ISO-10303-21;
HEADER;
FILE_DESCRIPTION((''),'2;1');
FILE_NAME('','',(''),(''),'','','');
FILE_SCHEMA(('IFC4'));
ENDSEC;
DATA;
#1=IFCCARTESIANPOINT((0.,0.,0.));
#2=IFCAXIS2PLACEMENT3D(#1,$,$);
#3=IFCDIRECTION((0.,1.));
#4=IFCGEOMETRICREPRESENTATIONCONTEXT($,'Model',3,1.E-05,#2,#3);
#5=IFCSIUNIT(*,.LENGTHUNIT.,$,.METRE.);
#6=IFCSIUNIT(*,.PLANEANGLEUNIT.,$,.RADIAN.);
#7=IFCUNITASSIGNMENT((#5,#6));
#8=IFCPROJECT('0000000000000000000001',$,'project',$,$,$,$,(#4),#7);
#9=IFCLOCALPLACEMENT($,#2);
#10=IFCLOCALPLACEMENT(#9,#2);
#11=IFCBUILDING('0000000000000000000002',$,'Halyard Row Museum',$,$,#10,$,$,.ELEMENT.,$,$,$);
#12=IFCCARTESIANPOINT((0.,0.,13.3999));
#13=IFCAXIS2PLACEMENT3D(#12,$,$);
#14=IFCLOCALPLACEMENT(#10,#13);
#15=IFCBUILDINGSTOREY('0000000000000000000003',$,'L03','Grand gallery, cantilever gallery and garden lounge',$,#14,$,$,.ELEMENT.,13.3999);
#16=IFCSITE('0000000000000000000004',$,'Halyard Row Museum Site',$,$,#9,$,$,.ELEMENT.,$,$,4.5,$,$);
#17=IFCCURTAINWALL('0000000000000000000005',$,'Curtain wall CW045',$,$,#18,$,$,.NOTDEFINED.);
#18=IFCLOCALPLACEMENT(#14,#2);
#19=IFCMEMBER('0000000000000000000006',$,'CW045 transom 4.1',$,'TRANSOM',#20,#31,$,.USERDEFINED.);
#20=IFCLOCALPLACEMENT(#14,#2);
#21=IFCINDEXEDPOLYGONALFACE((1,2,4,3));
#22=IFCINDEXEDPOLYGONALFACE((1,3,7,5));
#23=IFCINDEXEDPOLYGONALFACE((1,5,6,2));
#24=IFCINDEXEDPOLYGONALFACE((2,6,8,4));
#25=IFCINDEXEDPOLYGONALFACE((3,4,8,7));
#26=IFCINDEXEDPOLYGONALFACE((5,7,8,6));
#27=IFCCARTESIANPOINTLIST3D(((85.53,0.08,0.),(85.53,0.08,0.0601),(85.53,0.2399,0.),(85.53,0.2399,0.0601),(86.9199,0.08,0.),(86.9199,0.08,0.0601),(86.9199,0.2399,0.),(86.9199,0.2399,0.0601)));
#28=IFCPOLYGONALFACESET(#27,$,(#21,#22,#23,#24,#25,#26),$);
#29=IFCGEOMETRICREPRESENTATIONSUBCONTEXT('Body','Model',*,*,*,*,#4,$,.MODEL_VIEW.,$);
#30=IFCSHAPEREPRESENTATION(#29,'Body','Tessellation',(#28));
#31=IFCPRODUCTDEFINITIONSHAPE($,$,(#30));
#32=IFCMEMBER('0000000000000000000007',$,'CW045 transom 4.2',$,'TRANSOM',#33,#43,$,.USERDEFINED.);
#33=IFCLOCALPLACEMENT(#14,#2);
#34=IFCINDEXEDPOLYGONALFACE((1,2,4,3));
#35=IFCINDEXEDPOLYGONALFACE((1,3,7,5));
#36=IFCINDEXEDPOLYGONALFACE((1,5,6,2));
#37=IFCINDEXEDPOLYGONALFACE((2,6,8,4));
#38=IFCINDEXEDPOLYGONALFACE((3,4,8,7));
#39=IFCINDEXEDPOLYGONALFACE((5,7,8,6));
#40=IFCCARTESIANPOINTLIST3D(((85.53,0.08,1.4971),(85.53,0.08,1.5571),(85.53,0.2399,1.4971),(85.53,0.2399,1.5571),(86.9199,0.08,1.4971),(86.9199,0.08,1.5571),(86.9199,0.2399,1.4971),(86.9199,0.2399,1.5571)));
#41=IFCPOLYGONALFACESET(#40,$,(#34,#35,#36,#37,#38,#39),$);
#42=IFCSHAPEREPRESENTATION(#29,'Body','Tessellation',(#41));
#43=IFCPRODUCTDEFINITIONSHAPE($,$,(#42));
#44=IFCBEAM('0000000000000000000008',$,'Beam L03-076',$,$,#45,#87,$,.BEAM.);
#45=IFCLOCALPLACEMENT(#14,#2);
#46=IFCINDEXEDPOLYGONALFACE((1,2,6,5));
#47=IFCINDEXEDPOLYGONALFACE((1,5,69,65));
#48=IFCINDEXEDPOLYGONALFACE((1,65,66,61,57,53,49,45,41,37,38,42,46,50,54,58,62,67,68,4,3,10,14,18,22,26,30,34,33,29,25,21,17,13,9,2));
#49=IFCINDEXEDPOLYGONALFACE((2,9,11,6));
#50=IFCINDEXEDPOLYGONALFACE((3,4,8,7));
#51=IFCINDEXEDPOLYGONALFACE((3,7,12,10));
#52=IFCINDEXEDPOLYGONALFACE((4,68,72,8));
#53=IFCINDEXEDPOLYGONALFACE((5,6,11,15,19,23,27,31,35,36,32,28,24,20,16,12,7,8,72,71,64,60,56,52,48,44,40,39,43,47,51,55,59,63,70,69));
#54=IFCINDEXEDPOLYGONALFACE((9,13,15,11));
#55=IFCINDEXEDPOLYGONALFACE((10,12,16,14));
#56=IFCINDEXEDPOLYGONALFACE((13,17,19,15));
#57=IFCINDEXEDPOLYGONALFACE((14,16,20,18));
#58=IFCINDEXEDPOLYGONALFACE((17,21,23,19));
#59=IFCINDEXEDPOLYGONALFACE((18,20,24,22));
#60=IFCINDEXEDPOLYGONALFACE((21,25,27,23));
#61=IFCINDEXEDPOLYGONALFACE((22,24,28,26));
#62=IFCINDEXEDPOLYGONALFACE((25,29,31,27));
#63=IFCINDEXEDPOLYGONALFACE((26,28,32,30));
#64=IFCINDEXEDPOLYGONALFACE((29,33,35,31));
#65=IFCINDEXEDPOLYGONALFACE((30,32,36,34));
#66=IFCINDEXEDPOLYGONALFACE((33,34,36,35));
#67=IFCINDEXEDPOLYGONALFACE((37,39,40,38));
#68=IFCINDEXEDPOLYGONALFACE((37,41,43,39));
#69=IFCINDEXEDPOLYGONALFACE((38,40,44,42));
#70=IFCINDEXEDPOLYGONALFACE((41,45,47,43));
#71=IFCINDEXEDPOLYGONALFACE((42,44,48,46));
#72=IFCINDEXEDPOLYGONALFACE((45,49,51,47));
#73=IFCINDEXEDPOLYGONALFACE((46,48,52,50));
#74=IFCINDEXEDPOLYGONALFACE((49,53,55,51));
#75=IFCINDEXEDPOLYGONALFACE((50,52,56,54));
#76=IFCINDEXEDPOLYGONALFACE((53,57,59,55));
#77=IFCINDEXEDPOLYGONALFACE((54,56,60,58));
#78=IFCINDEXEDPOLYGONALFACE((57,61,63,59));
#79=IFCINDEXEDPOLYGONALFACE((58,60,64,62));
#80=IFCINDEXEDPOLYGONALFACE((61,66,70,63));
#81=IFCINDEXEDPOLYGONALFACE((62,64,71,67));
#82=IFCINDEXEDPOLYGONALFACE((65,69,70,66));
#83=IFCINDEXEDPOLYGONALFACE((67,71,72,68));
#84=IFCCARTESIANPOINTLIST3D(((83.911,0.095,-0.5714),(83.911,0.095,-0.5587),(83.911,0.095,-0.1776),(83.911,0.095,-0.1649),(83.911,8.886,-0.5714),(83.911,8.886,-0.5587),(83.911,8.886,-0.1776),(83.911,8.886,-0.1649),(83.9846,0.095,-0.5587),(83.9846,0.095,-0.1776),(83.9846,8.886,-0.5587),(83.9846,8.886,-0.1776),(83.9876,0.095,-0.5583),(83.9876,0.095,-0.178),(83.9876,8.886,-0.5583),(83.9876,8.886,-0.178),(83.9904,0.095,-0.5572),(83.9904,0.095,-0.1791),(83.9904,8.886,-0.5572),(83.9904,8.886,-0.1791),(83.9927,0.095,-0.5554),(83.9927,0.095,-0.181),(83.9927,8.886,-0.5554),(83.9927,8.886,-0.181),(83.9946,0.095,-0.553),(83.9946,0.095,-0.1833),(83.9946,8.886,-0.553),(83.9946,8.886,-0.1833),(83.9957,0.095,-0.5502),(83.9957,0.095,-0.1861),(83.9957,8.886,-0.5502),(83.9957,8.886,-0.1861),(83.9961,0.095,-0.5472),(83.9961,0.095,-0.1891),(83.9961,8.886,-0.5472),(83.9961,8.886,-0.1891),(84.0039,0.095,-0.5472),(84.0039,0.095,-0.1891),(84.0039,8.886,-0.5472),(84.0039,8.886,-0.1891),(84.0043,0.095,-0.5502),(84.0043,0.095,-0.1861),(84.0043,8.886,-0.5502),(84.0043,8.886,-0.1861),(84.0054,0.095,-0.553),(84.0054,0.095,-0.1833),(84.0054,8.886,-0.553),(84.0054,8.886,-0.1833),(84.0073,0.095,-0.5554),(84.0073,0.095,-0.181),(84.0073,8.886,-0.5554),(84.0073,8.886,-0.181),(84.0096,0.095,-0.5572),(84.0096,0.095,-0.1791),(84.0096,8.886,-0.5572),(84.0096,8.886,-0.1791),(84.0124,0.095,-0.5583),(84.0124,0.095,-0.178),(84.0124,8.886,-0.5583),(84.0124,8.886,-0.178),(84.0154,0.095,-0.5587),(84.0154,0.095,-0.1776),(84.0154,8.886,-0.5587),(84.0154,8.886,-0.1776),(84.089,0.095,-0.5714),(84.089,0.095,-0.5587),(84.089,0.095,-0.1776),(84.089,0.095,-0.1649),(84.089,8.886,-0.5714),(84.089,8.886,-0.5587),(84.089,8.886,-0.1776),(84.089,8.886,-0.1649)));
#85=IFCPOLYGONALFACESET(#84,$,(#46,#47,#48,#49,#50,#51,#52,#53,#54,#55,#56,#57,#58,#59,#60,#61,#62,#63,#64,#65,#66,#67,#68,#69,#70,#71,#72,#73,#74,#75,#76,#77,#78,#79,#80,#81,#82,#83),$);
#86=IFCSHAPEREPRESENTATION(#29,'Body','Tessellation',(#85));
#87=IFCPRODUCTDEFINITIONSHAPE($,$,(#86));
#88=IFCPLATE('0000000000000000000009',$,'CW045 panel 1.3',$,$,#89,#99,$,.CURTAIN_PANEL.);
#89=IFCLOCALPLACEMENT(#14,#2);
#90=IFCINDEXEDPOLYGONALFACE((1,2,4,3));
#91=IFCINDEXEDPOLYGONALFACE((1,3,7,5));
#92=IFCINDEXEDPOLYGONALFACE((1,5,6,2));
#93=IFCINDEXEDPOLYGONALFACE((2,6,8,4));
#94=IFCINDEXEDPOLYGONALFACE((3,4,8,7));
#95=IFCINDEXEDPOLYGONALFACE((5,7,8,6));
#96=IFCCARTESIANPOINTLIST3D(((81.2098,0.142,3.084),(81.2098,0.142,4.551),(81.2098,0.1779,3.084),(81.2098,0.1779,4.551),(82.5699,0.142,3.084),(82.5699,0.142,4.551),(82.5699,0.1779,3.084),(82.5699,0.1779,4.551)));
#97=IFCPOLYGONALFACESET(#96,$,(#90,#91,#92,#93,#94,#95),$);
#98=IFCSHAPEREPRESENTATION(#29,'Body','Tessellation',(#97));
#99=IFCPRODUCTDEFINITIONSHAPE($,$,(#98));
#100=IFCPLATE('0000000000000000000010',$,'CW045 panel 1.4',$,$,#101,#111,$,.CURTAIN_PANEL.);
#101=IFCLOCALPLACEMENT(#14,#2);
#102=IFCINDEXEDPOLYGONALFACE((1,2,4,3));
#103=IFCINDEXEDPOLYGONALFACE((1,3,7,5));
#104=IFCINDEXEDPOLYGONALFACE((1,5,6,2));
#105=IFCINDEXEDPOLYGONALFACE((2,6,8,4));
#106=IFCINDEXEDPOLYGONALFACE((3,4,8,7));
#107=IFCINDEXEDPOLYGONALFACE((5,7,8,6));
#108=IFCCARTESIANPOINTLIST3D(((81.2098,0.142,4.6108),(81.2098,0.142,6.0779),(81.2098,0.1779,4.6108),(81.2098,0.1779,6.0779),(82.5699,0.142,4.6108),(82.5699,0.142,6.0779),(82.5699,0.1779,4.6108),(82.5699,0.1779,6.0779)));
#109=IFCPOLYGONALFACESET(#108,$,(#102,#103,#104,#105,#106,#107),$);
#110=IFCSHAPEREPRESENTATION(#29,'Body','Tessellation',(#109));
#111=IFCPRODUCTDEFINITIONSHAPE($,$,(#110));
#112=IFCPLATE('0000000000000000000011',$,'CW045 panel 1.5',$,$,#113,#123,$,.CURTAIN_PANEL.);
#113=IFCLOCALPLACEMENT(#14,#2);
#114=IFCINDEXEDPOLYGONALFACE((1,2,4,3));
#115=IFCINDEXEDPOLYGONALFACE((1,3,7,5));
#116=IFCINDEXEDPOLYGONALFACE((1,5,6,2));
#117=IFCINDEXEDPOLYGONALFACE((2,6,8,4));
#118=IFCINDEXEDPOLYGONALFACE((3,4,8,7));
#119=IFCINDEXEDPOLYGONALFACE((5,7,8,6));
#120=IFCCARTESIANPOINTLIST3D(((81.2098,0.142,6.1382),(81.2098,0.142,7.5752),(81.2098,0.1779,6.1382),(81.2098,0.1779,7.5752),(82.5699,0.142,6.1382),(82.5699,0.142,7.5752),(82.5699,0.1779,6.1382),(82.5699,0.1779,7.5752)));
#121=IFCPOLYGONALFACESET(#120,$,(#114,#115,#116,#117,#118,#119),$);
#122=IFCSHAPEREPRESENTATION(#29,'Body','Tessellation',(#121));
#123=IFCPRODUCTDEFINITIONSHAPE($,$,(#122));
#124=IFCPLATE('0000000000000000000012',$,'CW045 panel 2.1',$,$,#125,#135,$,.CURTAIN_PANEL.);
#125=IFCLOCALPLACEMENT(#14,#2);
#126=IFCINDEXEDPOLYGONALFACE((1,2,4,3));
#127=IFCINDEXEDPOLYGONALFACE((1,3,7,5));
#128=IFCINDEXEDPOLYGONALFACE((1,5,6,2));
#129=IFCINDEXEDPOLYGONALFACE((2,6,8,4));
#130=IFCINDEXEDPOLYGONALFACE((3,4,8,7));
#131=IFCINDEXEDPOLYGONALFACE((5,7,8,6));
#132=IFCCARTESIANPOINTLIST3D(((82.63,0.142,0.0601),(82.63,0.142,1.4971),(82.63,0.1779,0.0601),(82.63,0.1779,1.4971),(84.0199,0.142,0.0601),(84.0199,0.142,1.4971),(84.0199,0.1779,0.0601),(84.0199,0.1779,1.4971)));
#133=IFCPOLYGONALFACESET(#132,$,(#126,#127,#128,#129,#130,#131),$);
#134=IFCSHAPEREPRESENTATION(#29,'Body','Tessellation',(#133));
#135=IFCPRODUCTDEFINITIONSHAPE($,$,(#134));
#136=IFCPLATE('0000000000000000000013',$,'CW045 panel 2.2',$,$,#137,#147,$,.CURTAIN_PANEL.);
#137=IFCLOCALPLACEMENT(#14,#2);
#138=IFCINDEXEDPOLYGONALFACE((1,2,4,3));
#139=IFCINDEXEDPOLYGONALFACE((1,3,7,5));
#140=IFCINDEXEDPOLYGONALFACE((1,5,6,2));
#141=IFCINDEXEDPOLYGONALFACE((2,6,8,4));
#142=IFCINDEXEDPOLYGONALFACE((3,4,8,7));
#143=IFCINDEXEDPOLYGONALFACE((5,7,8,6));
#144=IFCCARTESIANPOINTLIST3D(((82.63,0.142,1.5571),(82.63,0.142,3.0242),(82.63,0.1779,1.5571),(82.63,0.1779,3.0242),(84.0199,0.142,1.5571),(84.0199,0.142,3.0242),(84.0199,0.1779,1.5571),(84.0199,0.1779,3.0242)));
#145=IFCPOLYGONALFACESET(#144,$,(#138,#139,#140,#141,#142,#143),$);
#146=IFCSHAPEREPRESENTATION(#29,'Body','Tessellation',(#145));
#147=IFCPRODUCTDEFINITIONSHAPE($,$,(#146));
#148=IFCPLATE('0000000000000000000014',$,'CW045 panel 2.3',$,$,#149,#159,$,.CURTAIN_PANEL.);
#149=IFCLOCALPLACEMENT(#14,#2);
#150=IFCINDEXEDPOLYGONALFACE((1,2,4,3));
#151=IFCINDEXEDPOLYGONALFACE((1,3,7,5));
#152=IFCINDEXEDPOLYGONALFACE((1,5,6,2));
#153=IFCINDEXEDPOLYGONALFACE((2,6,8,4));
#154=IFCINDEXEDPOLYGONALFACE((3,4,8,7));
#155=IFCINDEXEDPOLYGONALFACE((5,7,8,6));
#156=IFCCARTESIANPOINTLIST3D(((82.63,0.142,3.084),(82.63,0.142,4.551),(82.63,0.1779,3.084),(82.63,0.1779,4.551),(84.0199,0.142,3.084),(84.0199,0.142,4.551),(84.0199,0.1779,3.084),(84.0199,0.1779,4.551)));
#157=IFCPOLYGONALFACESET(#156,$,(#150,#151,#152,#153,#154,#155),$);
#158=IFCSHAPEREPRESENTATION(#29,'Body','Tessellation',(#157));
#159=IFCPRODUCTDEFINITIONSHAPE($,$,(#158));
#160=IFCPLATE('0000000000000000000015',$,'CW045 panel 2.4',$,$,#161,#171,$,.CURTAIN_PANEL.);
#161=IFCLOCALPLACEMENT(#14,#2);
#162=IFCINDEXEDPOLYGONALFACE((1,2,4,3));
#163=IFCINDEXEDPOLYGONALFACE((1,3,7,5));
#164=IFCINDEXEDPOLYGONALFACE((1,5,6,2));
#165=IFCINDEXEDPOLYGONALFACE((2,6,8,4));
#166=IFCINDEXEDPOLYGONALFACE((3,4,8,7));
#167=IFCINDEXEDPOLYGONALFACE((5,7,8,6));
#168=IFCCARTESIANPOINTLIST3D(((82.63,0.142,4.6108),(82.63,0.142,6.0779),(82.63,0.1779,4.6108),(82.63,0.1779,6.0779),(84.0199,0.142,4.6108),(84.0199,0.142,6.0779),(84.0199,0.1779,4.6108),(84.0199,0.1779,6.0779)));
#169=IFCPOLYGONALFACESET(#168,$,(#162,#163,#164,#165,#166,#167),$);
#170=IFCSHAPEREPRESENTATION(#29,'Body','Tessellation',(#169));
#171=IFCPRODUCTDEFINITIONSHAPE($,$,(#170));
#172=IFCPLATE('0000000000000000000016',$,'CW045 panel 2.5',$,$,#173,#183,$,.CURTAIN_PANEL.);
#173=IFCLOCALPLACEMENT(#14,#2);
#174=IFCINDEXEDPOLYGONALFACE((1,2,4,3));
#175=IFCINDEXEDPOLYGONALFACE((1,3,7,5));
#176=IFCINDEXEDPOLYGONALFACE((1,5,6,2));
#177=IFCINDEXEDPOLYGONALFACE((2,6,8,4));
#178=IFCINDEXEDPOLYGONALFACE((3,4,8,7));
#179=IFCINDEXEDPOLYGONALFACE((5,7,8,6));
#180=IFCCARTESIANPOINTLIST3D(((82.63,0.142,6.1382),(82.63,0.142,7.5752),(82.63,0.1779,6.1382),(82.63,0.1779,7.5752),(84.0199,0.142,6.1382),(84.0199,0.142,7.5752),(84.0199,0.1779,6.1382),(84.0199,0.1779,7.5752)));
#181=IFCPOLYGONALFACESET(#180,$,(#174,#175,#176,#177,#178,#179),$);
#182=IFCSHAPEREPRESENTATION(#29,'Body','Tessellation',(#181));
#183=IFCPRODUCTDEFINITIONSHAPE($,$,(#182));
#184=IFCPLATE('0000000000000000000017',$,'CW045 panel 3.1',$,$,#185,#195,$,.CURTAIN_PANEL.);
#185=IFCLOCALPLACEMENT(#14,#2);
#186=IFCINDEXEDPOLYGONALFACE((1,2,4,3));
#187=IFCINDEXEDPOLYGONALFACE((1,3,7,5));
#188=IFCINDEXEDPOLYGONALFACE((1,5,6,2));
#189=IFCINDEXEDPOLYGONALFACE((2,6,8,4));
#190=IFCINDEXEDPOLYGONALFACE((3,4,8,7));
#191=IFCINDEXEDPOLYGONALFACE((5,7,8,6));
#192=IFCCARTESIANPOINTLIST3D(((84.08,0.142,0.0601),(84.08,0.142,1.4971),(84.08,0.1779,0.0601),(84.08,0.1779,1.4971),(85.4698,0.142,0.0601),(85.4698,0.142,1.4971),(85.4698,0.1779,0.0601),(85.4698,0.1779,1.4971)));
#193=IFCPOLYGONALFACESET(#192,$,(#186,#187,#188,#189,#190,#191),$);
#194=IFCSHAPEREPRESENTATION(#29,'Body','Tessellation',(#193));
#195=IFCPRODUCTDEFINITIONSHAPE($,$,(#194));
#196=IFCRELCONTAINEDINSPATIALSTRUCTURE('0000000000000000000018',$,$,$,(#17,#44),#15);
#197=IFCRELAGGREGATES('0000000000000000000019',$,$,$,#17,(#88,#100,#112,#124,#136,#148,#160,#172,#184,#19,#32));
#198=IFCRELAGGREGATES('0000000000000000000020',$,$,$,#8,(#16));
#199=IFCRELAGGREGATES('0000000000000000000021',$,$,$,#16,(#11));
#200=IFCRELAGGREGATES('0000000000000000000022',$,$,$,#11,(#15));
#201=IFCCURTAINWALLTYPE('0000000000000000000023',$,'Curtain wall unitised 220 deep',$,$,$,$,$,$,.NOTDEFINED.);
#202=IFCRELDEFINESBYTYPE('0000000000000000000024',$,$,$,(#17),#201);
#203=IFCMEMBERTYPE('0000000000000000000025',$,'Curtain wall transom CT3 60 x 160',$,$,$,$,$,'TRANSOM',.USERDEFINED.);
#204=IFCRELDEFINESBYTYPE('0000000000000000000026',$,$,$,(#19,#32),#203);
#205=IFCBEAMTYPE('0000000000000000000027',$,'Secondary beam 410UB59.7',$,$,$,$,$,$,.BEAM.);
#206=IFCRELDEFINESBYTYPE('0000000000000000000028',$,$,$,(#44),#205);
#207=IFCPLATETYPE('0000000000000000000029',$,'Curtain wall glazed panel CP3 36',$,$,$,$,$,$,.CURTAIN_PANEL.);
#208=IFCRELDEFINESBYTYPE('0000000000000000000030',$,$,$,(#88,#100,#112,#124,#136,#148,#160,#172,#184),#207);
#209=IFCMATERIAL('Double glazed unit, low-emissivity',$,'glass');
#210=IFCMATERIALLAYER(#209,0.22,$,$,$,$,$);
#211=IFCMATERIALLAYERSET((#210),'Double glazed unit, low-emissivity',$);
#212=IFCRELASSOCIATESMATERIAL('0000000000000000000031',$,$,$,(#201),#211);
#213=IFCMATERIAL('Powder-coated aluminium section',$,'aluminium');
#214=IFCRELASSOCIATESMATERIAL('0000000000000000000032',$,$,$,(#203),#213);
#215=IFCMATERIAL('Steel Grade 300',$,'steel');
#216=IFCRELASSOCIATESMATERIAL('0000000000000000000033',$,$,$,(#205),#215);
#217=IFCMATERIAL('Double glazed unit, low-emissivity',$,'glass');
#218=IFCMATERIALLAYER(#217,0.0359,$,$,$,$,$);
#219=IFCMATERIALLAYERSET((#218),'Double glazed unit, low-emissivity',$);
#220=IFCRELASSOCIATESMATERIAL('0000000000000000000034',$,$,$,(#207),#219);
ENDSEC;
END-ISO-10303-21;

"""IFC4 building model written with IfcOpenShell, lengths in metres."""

from ifc_helpers import new_model, si_unit, direction, frame, origin, origin_2d, place, context, subcontext, project, spatial, rectangle, i_section, extrude, material, layer, layer_set, material_profile, profile_set, type_object, element, aggregate, save


model = new_model("IFC4")

# Units and contexts
model_context = context("Model", 3, precision=1e-05, world=origin(), true_north=direction((0.0, 1.0)))
body_context = subcontext(model_context, "Body", "Model", "MODEL_VIEW")
ifc_project = project(units=[si_unit("LENGTHUNIT", "METRE"), si_unit("PLANEANGLEUNIT", "RADIAN")], contexts=[model_context])

# Site, building, storey
site_placement = place(None, origin())
site = spatial("IfcSite", under=ifc_project, at=site_placement, Name="Halyard Row Museum Site", CompositionType="ELEMENT", RefElevation=4.5)
building_placement = place(site_placement, origin())
building = spatial("IfcBuilding", under=site, at=building_placement, Name="Halyard Row Museum", CompositionType="ELEMENT")
storey_placement = place(building_placement, frame((0.0, 0.0, 13.3999)))
storey = spatial("IfcBuildingStorey", under=building, at=storey_placement, Name="L03", Description="Grand gallery, cantilever gallery and garden lounge", CompositionType="ELEMENT", Elevation=13.3999)

# Curtain wall, members
ifc_material_1 = material(Name="Double glazed unit, low-emissivity", Category="glass")
ifc_layer_1 = layer(ifc_material_1, 0.22)
ifc_layer_set_1 = layer_set([ifc_layer_1], Name="Double glazed unit, low-emissivity")
curtain_wall_type = type_object("IfcCurtainWallType", Name="Curtain wall unitised 220 deep", PredefinedType="NOTDEFINED", material=ifc_layer_set_1)
curtain_wall_placement = place(storey_placement, origin())
curtain_wall = element("IfcCurtainWall", 1, at=curtain_wall_placement, inside=storey, type_object=curtain_wall_type, Name="Curtain wall CW045", PredefinedType="NOTDEFINED")
ifc_material_2 = material(Name="Powder-coated aluminium section", Category="aluminium")
ifc_material_profile_1 = material_profile(ifc_material_2, rectangle(XDim=0.1599, YDim=0.0601, at=origin_2d()), Name="160x60 transom")
ifc_profile_set_1 = profile_set([ifc_material_profile_1], Name="Powder-coated aluminium section")
member_type_1 = type_object("IfcMemberType", Name="Curtain wall transom CT3 60 x 160", ElementType="TRANSOM", PredefinedType="USERDEFINED", material=ifc_profile_set_1)
member_1_placement = place(storey_placement, frame((85.53, 0.1599, 0.03), z_axis=(1.0, 0.0, 0.0), x_axis=(0.0, 1.0, 0.0)))
member_1 = element("IfcMember", 2, at=member_1_placement, type_object=member_type_1, Name="CW045 transom 4.1", ObjectType="TRANSOM", PredefinedType="USERDEFINED", context=body_context, shape_type="SweptSolid", body=[
    extrude(rectangle(XDim=0.1599, YDim=0.0601, at=origin_2d()), origin(), (0.0, 0.0, 1.0), 1.3899),
])
member_2_placement = place(storey_placement, frame((85.53, 0.1599, 1.5271), z_axis=(1.0, 0.0, 0.0), x_axis=(0.0, 1.0, 0.0)))
member_2 = element("IfcMember", 3, at=member_2_placement, type_object=member_type_1, Name="CW045 transom 4.2", ObjectType="TRANSOM", PredefinedType="USERDEFINED", context=body_context, shape_type="SweptSolid", body=[
    extrude(rectangle(XDim=0.1599, YDim=0.0601, at=origin_2d()), origin(), (0.0, 0.0, 1.0), 1.3899),
])

# Beam
ifc_material_3 = material(Name="Steel Grade 300", Category="steel")
ifc_material_profile_2 = material_profile(ifc_material_3, i_section(OverallWidth=0.178, OverallDepth=0.4065, WebThickness=0.0078, FlangeThickness=0.0127, FilletRadius=0.0115, at=origin_2d()), Name="410UB59.7")
ifc_profile_set_2 = profile_set([ifc_material_profile_2], Name="Steel Grade 300")
beam_type = type_object("IfcBeamType", Name="Secondary beam 410UB59.7", PredefinedType="BEAM", material=ifc_profile_set_2)
beam_placement = place(storey_placement, frame((84.0, 0.095, -0.3682), z_axis=(0.0, 1.0, 0.0), x_axis=(-1.0, 0.0, 0.0)))
element("IfcBeam", 4, at=beam_placement, inside=storey, type_object=beam_type, Name="Beam L03-076", PredefinedType="BEAM", context=body_context, shape_type="SweptSolid", body=[
    extrude(i_section(OverallWidth=0.178, OverallDepth=0.4065, WebThickness=0.0078, FlangeThickness=0.0127, FilletRadius=0.0115, at=origin_2d()), origin(), (0.0, 0.0, 1.0), 8.791),
])

# Plates
ifc_material_4 = material(Name="Double glazed unit, low-emissivity", Category="glass")
ifc_layer_2 = layer(ifc_material_4, 0.0359)
ifc_layer_set_2 = layer_set([ifc_layer_2], Name="Double glazed unit, low-emissivity")
plate_type = type_object("IfcPlateType", Name="Curtain wall glazed panel CP3 36", PredefinedType="CURTAIN_PANEL", material=ifc_layer_set_2)
plate_1_placement = place(storey_placement, frame((81.8899, 0.1599, 3.084), z_axis=(0.0, 0.0, 1.0), x_axis=(1.0, 0.0, 0.0)))
plate_1 = element("IfcPlate", 5, at=plate_1_placement, type_object=plate_type, Name="CW045 panel 1.3", PredefinedType="CURTAIN_PANEL", context=body_context, shape_type="SweptSolid", body=[
    extrude(rectangle(XDim=1.3601, YDim=0.0359, at=origin_2d()), origin(), (0.0, 0.0, 1.0), 1.467),
])
plate_2_placement = place(storey_placement, frame((81.8899, 0.1599, 4.6108), z_axis=(0.0, 0.0, 1.0), x_axis=(1.0, 0.0, 0.0)))
plate_2 = element("IfcPlate", 6, at=plate_2_placement, type_object=plate_type, Name="CW045 panel 1.4", PredefinedType="CURTAIN_PANEL", context=body_context, shape_type="SweptSolid", body=[
    extrude(rectangle(XDim=1.3601, YDim=0.0359, at=origin_2d()), origin(), (0.0, 0.0, 1.0), 1.467),
])
plate_3_placement = place(storey_placement, frame((81.8899, 0.1599, 6.1382), z_axis=(0.0, 0.0, 1.0), x_axis=(1.0, 0.0, 0.0)))
plate_3 = element("IfcPlate", 7, at=plate_3_placement, type_object=plate_type, Name="CW045 panel 1.5", PredefinedType="CURTAIN_PANEL", context=body_context, shape_type="SweptSolid", body=[
    extrude(rectangle(XDim=1.3601, YDim=0.0359, at=origin_2d()), origin(), (0.0, 0.0, 1.0), 1.437),
])
plate_4_placement = place(storey_placement, frame((83.325, 0.1599, 0.0601), z_axis=(0.0, 0.0, 1.0), x_axis=(1.0, 0.0, 0.0)))
plate_4 = element("IfcPlate", 8, at=plate_4_placement, type_object=plate_type, Name="CW045 panel 2.1", PredefinedType="CURTAIN_PANEL", context=body_context, shape_type="SweptSolid", body=[
    extrude(rectangle(XDim=1.3899, YDim=0.0359, at=origin_2d()), origin(), (0.0, 0.0, 1.0), 1.437),
])
plate_5_placement = place(storey_placement, frame((83.325, 0.1599, 1.5571), z_axis=(0.0, 0.0, 1.0), x_axis=(1.0, 0.0, 0.0)))
plate_5 = element("IfcPlate", 9, at=plate_5_placement, type_object=plate_type, Name="CW045 panel 2.2", PredefinedType="CURTAIN_PANEL", context=body_context, shape_type="SweptSolid", body=[
    extrude(rectangle(XDim=1.3899, YDim=0.0359, at=origin_2d()), origin(), (0.0, 0.0, 1.0), 1.467),
])
plate_6_placement = place(storey_placement, frame((83.325, 0.1599, 3.084), z_axis=(0.0, 0.0, 1.0), x_axis=(1.0, 0.0, 0.0)))
plate_6 = element("IfcPlate", 10, at=plate_6_placement, type_object=plate_type, Name="CW045 panel 2.3", PredefinedType="CURTAIN_PANEL", context=body_context, shape_type="SweptSolid", body=[
    extrude(rectangle(XDim=1.3899, YDim=0.0359, at=origin_2d()), origin(), (0.0, 0.0, 1.0), 1.467),
])
plate_7_placement = place(storey_placement, frame((83.325, 0.1599, 4.6108), z_axis=(0.0, 0.0, 1.0), x_axis=(1.0, 0.0, 0.0)))
plate_7 = element("IfcPlate", 11, at=plate_7_placement, type_object=plate_type, Name="CW045 panel 2.4", PredefinedType="CURTAIN_PANEL", context=body_context, shape_type="SweptSolid", body=[
    extrude(rectangle(XDim=1.3899, YDim=0.0359, at=origin_2d()), origin(), (0.0, 0.0, 1.0), 1.467),
])
plate_8_placement = place(storey_placement, frame((83.325, 0.1599, 6.1382), z_axis=(0.0, 0.0, 1.0), x_axis=(1.0, 0.0, 0.0)))
plate_8 = element("IfcPlate", 12, at=plate_8_placement, type_object=plate_type, Name="CW045 panel 2.5", PredefinedType="CURTAIN_PANEL", context=body_context, shape_type="SweptSolid", body=[
    extrude(rectangle(XDim=1.3899, YDim=0.0359, at=origin_2d()), origin(), (0.0, 0.0, 1.0), 1.437),
])
plate_9_placement = place(storey_placement, frame((84.7749, 0.1599, 0.0601), z_axis=(0.0, 0.0, 1.0), x_axis=(1.0, 0.0, 0.0)))
plate_9 = element("IfcPlate", 13, at=plate_9_placement, type_object=plate_type, Name="CW045 panel 3.1", PredefinedType="CURTAIN_PANEL", context=body_context, shape_type="SweptSolid", body=[
    extrude(rectangle(XDim=1.3899, YDim=0.0359, at=origin_2d()), origin(), (0.0, 0.0, 1.0), 1.437),
])
aggregate(curtain_wall, [plate_1, plate_2, plate_3, plate_4, plate_5, plate_6, plate_7, plate_8, plate_9, member_1, member_2])

save(model, "model.ifc")
